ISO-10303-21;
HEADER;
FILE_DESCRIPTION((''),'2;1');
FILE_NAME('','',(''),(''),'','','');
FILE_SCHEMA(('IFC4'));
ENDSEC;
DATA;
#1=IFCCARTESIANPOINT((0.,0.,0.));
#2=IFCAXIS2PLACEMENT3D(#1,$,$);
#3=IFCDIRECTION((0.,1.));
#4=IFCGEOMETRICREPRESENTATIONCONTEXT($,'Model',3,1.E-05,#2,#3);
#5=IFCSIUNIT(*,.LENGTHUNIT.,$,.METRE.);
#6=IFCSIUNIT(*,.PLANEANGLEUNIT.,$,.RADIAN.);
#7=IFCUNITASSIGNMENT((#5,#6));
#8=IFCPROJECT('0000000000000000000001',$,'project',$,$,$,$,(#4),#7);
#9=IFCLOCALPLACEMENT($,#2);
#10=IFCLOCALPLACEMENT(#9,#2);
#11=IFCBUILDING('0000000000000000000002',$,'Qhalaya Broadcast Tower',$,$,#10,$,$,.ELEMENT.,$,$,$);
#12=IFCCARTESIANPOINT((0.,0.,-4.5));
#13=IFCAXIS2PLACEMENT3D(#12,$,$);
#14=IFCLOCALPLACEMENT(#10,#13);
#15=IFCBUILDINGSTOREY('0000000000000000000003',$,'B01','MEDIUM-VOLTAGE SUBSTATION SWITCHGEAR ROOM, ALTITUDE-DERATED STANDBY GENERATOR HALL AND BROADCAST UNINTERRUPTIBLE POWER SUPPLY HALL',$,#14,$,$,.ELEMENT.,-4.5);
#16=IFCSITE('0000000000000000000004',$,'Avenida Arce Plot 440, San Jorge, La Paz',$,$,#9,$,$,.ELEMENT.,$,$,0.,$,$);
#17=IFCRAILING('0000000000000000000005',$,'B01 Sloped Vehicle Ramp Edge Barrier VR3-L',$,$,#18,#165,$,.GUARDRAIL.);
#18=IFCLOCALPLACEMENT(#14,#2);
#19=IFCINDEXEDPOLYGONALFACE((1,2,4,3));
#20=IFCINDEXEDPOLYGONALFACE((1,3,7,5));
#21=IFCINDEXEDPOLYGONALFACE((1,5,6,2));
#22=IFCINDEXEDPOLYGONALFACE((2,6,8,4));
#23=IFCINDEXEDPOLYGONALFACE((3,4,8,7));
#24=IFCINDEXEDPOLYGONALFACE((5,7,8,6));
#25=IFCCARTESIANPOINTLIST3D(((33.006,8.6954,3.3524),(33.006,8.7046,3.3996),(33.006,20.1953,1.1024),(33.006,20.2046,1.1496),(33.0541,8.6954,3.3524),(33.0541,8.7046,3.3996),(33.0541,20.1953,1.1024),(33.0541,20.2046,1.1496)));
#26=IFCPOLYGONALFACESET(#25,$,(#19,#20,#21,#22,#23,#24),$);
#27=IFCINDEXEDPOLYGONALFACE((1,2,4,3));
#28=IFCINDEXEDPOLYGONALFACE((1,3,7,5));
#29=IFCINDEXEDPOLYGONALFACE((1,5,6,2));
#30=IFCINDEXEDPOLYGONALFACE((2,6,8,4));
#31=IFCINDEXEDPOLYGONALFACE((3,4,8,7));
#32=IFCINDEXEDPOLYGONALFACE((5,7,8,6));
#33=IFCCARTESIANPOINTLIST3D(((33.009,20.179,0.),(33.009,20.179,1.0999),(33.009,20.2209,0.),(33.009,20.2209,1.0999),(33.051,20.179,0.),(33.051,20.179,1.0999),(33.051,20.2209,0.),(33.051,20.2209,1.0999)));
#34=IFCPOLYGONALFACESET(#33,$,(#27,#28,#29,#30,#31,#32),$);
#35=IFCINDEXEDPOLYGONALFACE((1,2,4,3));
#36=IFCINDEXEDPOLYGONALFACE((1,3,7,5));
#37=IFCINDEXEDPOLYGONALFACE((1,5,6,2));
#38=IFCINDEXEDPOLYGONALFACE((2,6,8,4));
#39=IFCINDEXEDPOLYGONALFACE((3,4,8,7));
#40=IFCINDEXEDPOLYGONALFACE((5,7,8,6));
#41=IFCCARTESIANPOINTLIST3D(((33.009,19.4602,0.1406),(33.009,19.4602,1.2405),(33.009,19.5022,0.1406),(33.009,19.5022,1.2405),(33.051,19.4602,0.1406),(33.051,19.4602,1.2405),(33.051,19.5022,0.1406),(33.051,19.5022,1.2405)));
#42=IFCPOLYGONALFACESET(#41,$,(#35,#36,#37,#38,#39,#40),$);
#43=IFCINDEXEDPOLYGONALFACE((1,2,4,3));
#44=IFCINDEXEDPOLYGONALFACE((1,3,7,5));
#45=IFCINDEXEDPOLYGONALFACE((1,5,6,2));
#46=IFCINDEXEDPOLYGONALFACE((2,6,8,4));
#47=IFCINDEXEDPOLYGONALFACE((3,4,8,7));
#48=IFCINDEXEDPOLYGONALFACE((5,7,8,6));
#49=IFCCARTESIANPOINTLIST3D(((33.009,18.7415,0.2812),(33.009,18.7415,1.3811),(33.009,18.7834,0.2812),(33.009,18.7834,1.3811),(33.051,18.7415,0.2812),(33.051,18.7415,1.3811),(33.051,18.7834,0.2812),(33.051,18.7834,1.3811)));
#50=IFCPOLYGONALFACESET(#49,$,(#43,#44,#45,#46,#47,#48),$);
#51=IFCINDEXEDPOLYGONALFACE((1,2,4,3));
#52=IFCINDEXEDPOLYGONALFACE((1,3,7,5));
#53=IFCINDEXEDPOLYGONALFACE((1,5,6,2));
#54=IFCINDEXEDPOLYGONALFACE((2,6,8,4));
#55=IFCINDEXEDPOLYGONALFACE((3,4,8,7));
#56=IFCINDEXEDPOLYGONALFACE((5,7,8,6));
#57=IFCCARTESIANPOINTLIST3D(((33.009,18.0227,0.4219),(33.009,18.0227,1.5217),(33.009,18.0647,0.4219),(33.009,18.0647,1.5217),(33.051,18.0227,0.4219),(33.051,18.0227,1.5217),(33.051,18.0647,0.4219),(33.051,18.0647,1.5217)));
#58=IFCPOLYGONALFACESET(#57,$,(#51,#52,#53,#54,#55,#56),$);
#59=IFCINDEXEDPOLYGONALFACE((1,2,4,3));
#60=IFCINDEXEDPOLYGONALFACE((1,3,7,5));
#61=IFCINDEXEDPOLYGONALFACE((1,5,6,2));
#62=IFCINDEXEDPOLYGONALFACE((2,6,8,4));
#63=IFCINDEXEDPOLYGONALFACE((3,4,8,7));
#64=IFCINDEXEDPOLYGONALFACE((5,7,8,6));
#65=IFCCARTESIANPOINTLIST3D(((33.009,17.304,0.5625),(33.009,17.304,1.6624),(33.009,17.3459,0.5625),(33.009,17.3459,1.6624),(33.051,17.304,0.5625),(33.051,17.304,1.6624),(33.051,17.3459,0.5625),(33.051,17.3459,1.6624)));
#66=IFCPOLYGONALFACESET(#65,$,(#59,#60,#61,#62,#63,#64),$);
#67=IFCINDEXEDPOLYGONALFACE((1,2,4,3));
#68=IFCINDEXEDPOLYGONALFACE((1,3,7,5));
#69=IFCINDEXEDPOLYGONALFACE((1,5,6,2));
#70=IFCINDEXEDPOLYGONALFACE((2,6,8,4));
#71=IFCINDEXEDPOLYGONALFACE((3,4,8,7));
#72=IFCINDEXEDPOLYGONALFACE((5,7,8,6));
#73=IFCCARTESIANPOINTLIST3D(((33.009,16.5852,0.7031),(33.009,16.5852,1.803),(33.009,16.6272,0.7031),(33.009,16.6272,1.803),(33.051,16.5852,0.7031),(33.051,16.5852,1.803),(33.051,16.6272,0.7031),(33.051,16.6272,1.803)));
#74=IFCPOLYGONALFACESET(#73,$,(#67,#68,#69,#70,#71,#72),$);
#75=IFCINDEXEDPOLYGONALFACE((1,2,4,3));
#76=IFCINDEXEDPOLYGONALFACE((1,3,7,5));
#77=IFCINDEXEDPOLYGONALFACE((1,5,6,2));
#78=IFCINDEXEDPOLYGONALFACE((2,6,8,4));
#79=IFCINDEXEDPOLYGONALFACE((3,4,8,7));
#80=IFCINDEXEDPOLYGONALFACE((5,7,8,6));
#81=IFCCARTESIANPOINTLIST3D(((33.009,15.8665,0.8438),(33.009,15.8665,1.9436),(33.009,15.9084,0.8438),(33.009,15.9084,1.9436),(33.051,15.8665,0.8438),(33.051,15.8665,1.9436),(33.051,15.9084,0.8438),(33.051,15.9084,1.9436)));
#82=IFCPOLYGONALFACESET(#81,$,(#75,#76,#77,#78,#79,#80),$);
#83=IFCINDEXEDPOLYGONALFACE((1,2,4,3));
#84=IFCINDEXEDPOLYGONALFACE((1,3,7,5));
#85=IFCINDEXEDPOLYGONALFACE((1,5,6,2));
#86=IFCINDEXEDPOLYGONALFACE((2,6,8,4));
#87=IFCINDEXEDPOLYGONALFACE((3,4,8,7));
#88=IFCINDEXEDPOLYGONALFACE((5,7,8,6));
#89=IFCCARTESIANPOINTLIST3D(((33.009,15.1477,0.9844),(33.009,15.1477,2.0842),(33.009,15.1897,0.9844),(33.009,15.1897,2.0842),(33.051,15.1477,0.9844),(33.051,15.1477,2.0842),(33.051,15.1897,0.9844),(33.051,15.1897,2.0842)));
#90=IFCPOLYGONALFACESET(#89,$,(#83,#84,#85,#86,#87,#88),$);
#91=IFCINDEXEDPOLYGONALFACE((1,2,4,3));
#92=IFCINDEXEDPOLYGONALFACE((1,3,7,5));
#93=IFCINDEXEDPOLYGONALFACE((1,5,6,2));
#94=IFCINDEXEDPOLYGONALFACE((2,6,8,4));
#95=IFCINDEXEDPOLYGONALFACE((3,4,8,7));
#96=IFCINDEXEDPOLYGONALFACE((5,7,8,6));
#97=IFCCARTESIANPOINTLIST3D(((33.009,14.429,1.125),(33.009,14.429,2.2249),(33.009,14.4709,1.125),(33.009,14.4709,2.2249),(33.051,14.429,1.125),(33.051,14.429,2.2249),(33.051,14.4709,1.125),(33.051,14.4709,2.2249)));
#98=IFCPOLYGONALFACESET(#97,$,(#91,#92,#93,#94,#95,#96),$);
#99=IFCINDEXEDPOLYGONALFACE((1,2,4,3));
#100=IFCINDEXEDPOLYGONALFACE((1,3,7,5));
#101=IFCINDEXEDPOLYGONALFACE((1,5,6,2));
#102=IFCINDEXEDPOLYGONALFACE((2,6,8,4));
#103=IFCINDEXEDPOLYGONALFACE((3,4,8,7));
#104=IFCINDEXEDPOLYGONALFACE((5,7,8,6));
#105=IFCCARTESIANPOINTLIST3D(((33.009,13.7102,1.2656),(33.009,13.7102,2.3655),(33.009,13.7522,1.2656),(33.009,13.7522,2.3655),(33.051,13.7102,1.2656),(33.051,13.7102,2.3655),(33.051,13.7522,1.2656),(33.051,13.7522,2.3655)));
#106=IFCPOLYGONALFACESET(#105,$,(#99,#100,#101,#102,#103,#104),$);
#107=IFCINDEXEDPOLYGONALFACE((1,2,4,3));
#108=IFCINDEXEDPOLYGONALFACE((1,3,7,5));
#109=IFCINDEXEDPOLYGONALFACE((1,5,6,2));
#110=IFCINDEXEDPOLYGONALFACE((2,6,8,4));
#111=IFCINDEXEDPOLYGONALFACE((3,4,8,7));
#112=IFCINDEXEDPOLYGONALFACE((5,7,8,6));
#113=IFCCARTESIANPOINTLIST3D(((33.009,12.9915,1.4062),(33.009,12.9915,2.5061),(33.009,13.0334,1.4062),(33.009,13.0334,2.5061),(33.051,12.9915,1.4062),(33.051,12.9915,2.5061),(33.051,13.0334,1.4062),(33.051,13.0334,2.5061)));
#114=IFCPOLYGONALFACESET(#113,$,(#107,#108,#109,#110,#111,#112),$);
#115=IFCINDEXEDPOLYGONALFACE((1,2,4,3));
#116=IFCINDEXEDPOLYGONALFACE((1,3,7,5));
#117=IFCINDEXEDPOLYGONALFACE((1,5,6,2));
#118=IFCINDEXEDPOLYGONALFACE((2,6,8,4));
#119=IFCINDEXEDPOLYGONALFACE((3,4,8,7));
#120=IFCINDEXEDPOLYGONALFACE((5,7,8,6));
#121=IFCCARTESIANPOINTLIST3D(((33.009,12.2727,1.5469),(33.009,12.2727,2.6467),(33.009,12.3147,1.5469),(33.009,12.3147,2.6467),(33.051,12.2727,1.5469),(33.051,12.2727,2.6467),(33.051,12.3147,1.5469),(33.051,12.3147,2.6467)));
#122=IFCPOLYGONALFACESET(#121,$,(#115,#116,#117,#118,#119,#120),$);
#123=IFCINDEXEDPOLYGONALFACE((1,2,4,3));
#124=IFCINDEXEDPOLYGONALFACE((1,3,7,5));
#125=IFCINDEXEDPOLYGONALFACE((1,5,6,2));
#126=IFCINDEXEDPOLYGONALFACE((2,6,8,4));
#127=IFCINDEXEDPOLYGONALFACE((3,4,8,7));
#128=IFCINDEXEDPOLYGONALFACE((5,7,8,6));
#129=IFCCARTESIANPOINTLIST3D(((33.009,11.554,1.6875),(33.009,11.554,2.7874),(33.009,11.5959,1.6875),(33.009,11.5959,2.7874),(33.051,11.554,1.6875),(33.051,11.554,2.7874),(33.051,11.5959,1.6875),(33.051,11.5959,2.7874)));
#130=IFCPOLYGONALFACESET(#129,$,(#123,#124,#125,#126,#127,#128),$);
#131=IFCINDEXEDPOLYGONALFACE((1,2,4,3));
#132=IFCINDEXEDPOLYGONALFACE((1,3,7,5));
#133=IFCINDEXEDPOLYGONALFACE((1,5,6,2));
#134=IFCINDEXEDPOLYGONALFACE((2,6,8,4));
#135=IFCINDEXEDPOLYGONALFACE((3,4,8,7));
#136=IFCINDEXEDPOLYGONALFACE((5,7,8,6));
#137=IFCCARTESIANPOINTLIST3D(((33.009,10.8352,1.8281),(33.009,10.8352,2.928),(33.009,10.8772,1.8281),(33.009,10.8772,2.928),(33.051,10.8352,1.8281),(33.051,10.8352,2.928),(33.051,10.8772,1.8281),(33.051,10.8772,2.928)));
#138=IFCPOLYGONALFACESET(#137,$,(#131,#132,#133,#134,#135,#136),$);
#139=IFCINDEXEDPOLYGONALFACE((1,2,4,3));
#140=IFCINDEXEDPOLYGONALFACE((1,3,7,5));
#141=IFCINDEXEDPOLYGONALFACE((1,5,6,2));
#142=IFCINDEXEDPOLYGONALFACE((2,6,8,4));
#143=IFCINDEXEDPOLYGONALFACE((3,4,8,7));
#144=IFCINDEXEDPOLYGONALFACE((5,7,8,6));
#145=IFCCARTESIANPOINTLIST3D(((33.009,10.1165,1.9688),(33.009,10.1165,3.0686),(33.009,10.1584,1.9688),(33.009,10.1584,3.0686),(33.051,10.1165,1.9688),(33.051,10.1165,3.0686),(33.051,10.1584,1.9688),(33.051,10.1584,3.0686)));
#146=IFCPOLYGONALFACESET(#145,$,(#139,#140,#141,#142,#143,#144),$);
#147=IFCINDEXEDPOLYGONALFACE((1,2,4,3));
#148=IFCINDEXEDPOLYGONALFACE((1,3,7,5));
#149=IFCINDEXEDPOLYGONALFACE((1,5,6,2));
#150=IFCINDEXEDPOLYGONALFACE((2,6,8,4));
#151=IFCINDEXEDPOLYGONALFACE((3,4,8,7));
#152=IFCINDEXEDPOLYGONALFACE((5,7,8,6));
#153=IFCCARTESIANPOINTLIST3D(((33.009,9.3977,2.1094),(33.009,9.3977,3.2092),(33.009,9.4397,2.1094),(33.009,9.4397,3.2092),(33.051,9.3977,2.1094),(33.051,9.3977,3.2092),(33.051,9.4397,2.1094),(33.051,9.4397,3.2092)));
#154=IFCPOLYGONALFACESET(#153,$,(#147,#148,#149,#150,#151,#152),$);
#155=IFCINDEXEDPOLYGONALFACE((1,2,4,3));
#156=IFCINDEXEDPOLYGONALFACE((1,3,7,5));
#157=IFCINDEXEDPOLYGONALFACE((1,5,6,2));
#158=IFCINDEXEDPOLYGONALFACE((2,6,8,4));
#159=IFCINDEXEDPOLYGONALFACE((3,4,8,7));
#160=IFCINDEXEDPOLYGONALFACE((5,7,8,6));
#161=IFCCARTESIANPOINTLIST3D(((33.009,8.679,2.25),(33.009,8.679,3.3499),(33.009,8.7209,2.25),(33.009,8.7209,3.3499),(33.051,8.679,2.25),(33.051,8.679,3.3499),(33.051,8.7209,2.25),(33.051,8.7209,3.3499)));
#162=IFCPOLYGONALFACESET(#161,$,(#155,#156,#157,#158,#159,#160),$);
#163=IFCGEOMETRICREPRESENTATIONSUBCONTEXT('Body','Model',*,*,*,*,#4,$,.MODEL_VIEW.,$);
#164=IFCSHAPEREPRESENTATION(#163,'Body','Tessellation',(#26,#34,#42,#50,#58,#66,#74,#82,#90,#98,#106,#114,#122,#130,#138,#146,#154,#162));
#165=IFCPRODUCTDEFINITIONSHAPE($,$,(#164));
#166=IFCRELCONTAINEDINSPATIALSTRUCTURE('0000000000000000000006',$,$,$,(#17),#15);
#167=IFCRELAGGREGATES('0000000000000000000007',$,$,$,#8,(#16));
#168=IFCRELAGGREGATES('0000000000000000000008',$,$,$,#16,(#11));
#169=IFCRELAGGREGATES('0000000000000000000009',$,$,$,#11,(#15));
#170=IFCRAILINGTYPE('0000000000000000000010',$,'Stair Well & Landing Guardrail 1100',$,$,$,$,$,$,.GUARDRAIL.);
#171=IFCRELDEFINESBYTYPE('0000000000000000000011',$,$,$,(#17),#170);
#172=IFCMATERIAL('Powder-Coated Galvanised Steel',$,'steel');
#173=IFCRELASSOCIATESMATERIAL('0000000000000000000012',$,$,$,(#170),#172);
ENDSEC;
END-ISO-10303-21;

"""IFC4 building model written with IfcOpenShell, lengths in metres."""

from ifc_helpers import new_model, si_unit, direction, frame, origin, origin_2d, place, context, subcontext, project, spatial, rectangle, extrude, material, type_object, element, save


model = new_model("IFC4")

# Units and contexts
model_context = context("Model", 3, precision=1e-05, world=origin(), true_north=direction((0.0, 1.0)))
body_context = subcontext(model_context, "Body", "Model", "MODEL_VIEW")
ifc_project = project(units=[si_unit("LENGTHUNIT", "METRE"), si_unit("PLANEANGLEUNIT", "RADIAN")], contexts=[model_context])

# Site, building, storey
site_placement = place(None, origin())
site = spatial("IfcSite", under=ifc_project, at=site_placement, Name="Avenida Arce Plot 440, San Jorge, La Paz", CompositionType="ELEMENT", RefElevation=0.0)
building_placement = place(site_placement, origin())
building = spatial("IfcBuilding", under=site, at=building_placement, Name="Qhalaya Broadcast Tower", CompositionType="ELEMENT")
storey_placement = place(building_placement, frame((0.0, 0.0, -4.5)))
storey = spatial("IfcBuildingStorey", under=building, at=storey_placement, Name="B01", Description="MEDIUM-VOLTAGE SUBSTATION SWITCHGEAR ROOM, ALTITUDE-DERATED STANDBY GENERATOR HALL AND BROADCAST UNINTERRUPTIBLE POWER SUPPLY HALL", CompositionType="ELEMENT", Elevation=-4.5)

# Railing
ifc_material_1 = material(Name="Powder-Coated Galvanised Steel", Category="steel")
railing_type = type_object("IfcRailingType", Name="Stair Well & Landing Guardrail 1100", PredefinedType="GUARDRAIL", material=ifc_material_1)
railing_1_placement = place(storey_placement, frame((33.03, 20.2, 0.0)))
element("IfcRailing", 1, at=railing_1_placement, inside=storey, type_object=railing_type, Name="B01 Sloped Vehicle Ramp Edge Barrier VR3-L", PredefinedType="GUARDRAIL", context=body_context, shape_type="SweptSolid", body=[
    extrude(rectangle(XDim=0.0481, YDim=0.0481, at=origin_2d()), frame((0.0, 0.0, 1.126), z_axis=(0.0, -0.981393, 0.192012), x_axis=(1.0, 0.0, 0.0)), (0.0, 0.0, 1.0), 11.718),
    extrude(rectangle(XDim=0.042, YDim=0.042, at=origin_2d()), origin(), (0.0, 0.0, 1.0), 1.0999),
    extrude(rectangle(XDim=0.042, YDim=0.042, at=origin_2d()), frame((0.0, -0.7188, 0.1406)), (0.0, 0.0, 1.0), 1.0999),
    extrude(rectangle(XDim=0.042, YDim=0.042, at=origin_2d()), frame((0.0, -1.4375, 0.2812)), (0.0, 0.0, 1.0), 1.0999),
    extrude(rectangle(XDim=0.042, YDim=0.042, at=origin_2d()), frame((0.0, -2.1562, 0.4219)), (0.0, 0.0, 1.0), 1.0999),
    extrude(rectangle(XDim=0.042, YDim=0.042, at=origin_2d()), frame((0.0, -2.875, 0.5625)), (0.0, 0.0, 1.0), 1.0999),
    extrude(rectangle(XDim=0.042, YDim=0.042, at=origin_2d()), frame((0.0, -3.5938, 0.7031)), (0.0, 0.0, 1.0), 1.0999),
    extrude(rectangle(XDim=0.042, YDim=0.042, at=origin_2d()), frame((0.0, -4.3125, 0.8438)), (0.0, 0.0, 1.0), 1.0999),
    extrude(rectangle(XDim=0.042, YDim=0.042, at=origin_2d()), frame((0.0, -5.0312, 0.9844)), (0.0, 0.0, 1.0), 1.0999),
    extrude(rectangle(XDim=0.042, YDim=0.042, at=origin_2d()), frame((0.0, -5.75, 1.125)), (0.0, 0.0, 1.0), 1.0999),
    extrude(rectangle(XDim=0.042, YDim=0.042, at=origin_2d()), frame((0.0, -6.4688, 1.2656)), (0.0, 0.0, 1.0), 1.0999),
    extrude(rectangle(XDim=0.042, YDim=0.042, at=origin_2d()), frame((0.0, -7.1875, 1.4062)), (0.0, 0.0, 1.0), 1.0999),
    extrude(rectangle(XDim=0.042, YDim=0.042, at=origin_2d()), frame((0.0, -7.9062, 1.5469)), (0.0, 0.0, 1.0), 1.0999),
    extrude(rectangle(XDim=0.042, YDim=0.042, at=origin_2d()), frame((0.0, -8.625, 1.6875)), (0.0, 0.0, 1.0), 1.0999),
    extrude(rectangle(XDim=0.042, YDim=0.042, at=origin_2d()), frame((0.0, -9.3438, 1.8281)), (0.0, 0.0, 1.0), 1.0999),
    extrude(rectangle(XDim=0.042, YDim=0.042, at=origin_2d()), frame((0.0, -10.0625, 1.9688)), (0.0, 0.0, 1.0), 1.0999),
    extrude(rectangle(XDim=0.042, YDim=0.042, at=origin_2d()), frame((0.0, -10.7812, 2.1094)), (0.0, 0.0, 1.0), 1.0999),
    extrude(rectangle(XDim=0.042, YDim=0.042, at=origin_2d()), frame((0.0, -11.5, 2.25)), (0.0, 0.0, 1.0), 1.0999),
])

save(model, "model.ifc")
